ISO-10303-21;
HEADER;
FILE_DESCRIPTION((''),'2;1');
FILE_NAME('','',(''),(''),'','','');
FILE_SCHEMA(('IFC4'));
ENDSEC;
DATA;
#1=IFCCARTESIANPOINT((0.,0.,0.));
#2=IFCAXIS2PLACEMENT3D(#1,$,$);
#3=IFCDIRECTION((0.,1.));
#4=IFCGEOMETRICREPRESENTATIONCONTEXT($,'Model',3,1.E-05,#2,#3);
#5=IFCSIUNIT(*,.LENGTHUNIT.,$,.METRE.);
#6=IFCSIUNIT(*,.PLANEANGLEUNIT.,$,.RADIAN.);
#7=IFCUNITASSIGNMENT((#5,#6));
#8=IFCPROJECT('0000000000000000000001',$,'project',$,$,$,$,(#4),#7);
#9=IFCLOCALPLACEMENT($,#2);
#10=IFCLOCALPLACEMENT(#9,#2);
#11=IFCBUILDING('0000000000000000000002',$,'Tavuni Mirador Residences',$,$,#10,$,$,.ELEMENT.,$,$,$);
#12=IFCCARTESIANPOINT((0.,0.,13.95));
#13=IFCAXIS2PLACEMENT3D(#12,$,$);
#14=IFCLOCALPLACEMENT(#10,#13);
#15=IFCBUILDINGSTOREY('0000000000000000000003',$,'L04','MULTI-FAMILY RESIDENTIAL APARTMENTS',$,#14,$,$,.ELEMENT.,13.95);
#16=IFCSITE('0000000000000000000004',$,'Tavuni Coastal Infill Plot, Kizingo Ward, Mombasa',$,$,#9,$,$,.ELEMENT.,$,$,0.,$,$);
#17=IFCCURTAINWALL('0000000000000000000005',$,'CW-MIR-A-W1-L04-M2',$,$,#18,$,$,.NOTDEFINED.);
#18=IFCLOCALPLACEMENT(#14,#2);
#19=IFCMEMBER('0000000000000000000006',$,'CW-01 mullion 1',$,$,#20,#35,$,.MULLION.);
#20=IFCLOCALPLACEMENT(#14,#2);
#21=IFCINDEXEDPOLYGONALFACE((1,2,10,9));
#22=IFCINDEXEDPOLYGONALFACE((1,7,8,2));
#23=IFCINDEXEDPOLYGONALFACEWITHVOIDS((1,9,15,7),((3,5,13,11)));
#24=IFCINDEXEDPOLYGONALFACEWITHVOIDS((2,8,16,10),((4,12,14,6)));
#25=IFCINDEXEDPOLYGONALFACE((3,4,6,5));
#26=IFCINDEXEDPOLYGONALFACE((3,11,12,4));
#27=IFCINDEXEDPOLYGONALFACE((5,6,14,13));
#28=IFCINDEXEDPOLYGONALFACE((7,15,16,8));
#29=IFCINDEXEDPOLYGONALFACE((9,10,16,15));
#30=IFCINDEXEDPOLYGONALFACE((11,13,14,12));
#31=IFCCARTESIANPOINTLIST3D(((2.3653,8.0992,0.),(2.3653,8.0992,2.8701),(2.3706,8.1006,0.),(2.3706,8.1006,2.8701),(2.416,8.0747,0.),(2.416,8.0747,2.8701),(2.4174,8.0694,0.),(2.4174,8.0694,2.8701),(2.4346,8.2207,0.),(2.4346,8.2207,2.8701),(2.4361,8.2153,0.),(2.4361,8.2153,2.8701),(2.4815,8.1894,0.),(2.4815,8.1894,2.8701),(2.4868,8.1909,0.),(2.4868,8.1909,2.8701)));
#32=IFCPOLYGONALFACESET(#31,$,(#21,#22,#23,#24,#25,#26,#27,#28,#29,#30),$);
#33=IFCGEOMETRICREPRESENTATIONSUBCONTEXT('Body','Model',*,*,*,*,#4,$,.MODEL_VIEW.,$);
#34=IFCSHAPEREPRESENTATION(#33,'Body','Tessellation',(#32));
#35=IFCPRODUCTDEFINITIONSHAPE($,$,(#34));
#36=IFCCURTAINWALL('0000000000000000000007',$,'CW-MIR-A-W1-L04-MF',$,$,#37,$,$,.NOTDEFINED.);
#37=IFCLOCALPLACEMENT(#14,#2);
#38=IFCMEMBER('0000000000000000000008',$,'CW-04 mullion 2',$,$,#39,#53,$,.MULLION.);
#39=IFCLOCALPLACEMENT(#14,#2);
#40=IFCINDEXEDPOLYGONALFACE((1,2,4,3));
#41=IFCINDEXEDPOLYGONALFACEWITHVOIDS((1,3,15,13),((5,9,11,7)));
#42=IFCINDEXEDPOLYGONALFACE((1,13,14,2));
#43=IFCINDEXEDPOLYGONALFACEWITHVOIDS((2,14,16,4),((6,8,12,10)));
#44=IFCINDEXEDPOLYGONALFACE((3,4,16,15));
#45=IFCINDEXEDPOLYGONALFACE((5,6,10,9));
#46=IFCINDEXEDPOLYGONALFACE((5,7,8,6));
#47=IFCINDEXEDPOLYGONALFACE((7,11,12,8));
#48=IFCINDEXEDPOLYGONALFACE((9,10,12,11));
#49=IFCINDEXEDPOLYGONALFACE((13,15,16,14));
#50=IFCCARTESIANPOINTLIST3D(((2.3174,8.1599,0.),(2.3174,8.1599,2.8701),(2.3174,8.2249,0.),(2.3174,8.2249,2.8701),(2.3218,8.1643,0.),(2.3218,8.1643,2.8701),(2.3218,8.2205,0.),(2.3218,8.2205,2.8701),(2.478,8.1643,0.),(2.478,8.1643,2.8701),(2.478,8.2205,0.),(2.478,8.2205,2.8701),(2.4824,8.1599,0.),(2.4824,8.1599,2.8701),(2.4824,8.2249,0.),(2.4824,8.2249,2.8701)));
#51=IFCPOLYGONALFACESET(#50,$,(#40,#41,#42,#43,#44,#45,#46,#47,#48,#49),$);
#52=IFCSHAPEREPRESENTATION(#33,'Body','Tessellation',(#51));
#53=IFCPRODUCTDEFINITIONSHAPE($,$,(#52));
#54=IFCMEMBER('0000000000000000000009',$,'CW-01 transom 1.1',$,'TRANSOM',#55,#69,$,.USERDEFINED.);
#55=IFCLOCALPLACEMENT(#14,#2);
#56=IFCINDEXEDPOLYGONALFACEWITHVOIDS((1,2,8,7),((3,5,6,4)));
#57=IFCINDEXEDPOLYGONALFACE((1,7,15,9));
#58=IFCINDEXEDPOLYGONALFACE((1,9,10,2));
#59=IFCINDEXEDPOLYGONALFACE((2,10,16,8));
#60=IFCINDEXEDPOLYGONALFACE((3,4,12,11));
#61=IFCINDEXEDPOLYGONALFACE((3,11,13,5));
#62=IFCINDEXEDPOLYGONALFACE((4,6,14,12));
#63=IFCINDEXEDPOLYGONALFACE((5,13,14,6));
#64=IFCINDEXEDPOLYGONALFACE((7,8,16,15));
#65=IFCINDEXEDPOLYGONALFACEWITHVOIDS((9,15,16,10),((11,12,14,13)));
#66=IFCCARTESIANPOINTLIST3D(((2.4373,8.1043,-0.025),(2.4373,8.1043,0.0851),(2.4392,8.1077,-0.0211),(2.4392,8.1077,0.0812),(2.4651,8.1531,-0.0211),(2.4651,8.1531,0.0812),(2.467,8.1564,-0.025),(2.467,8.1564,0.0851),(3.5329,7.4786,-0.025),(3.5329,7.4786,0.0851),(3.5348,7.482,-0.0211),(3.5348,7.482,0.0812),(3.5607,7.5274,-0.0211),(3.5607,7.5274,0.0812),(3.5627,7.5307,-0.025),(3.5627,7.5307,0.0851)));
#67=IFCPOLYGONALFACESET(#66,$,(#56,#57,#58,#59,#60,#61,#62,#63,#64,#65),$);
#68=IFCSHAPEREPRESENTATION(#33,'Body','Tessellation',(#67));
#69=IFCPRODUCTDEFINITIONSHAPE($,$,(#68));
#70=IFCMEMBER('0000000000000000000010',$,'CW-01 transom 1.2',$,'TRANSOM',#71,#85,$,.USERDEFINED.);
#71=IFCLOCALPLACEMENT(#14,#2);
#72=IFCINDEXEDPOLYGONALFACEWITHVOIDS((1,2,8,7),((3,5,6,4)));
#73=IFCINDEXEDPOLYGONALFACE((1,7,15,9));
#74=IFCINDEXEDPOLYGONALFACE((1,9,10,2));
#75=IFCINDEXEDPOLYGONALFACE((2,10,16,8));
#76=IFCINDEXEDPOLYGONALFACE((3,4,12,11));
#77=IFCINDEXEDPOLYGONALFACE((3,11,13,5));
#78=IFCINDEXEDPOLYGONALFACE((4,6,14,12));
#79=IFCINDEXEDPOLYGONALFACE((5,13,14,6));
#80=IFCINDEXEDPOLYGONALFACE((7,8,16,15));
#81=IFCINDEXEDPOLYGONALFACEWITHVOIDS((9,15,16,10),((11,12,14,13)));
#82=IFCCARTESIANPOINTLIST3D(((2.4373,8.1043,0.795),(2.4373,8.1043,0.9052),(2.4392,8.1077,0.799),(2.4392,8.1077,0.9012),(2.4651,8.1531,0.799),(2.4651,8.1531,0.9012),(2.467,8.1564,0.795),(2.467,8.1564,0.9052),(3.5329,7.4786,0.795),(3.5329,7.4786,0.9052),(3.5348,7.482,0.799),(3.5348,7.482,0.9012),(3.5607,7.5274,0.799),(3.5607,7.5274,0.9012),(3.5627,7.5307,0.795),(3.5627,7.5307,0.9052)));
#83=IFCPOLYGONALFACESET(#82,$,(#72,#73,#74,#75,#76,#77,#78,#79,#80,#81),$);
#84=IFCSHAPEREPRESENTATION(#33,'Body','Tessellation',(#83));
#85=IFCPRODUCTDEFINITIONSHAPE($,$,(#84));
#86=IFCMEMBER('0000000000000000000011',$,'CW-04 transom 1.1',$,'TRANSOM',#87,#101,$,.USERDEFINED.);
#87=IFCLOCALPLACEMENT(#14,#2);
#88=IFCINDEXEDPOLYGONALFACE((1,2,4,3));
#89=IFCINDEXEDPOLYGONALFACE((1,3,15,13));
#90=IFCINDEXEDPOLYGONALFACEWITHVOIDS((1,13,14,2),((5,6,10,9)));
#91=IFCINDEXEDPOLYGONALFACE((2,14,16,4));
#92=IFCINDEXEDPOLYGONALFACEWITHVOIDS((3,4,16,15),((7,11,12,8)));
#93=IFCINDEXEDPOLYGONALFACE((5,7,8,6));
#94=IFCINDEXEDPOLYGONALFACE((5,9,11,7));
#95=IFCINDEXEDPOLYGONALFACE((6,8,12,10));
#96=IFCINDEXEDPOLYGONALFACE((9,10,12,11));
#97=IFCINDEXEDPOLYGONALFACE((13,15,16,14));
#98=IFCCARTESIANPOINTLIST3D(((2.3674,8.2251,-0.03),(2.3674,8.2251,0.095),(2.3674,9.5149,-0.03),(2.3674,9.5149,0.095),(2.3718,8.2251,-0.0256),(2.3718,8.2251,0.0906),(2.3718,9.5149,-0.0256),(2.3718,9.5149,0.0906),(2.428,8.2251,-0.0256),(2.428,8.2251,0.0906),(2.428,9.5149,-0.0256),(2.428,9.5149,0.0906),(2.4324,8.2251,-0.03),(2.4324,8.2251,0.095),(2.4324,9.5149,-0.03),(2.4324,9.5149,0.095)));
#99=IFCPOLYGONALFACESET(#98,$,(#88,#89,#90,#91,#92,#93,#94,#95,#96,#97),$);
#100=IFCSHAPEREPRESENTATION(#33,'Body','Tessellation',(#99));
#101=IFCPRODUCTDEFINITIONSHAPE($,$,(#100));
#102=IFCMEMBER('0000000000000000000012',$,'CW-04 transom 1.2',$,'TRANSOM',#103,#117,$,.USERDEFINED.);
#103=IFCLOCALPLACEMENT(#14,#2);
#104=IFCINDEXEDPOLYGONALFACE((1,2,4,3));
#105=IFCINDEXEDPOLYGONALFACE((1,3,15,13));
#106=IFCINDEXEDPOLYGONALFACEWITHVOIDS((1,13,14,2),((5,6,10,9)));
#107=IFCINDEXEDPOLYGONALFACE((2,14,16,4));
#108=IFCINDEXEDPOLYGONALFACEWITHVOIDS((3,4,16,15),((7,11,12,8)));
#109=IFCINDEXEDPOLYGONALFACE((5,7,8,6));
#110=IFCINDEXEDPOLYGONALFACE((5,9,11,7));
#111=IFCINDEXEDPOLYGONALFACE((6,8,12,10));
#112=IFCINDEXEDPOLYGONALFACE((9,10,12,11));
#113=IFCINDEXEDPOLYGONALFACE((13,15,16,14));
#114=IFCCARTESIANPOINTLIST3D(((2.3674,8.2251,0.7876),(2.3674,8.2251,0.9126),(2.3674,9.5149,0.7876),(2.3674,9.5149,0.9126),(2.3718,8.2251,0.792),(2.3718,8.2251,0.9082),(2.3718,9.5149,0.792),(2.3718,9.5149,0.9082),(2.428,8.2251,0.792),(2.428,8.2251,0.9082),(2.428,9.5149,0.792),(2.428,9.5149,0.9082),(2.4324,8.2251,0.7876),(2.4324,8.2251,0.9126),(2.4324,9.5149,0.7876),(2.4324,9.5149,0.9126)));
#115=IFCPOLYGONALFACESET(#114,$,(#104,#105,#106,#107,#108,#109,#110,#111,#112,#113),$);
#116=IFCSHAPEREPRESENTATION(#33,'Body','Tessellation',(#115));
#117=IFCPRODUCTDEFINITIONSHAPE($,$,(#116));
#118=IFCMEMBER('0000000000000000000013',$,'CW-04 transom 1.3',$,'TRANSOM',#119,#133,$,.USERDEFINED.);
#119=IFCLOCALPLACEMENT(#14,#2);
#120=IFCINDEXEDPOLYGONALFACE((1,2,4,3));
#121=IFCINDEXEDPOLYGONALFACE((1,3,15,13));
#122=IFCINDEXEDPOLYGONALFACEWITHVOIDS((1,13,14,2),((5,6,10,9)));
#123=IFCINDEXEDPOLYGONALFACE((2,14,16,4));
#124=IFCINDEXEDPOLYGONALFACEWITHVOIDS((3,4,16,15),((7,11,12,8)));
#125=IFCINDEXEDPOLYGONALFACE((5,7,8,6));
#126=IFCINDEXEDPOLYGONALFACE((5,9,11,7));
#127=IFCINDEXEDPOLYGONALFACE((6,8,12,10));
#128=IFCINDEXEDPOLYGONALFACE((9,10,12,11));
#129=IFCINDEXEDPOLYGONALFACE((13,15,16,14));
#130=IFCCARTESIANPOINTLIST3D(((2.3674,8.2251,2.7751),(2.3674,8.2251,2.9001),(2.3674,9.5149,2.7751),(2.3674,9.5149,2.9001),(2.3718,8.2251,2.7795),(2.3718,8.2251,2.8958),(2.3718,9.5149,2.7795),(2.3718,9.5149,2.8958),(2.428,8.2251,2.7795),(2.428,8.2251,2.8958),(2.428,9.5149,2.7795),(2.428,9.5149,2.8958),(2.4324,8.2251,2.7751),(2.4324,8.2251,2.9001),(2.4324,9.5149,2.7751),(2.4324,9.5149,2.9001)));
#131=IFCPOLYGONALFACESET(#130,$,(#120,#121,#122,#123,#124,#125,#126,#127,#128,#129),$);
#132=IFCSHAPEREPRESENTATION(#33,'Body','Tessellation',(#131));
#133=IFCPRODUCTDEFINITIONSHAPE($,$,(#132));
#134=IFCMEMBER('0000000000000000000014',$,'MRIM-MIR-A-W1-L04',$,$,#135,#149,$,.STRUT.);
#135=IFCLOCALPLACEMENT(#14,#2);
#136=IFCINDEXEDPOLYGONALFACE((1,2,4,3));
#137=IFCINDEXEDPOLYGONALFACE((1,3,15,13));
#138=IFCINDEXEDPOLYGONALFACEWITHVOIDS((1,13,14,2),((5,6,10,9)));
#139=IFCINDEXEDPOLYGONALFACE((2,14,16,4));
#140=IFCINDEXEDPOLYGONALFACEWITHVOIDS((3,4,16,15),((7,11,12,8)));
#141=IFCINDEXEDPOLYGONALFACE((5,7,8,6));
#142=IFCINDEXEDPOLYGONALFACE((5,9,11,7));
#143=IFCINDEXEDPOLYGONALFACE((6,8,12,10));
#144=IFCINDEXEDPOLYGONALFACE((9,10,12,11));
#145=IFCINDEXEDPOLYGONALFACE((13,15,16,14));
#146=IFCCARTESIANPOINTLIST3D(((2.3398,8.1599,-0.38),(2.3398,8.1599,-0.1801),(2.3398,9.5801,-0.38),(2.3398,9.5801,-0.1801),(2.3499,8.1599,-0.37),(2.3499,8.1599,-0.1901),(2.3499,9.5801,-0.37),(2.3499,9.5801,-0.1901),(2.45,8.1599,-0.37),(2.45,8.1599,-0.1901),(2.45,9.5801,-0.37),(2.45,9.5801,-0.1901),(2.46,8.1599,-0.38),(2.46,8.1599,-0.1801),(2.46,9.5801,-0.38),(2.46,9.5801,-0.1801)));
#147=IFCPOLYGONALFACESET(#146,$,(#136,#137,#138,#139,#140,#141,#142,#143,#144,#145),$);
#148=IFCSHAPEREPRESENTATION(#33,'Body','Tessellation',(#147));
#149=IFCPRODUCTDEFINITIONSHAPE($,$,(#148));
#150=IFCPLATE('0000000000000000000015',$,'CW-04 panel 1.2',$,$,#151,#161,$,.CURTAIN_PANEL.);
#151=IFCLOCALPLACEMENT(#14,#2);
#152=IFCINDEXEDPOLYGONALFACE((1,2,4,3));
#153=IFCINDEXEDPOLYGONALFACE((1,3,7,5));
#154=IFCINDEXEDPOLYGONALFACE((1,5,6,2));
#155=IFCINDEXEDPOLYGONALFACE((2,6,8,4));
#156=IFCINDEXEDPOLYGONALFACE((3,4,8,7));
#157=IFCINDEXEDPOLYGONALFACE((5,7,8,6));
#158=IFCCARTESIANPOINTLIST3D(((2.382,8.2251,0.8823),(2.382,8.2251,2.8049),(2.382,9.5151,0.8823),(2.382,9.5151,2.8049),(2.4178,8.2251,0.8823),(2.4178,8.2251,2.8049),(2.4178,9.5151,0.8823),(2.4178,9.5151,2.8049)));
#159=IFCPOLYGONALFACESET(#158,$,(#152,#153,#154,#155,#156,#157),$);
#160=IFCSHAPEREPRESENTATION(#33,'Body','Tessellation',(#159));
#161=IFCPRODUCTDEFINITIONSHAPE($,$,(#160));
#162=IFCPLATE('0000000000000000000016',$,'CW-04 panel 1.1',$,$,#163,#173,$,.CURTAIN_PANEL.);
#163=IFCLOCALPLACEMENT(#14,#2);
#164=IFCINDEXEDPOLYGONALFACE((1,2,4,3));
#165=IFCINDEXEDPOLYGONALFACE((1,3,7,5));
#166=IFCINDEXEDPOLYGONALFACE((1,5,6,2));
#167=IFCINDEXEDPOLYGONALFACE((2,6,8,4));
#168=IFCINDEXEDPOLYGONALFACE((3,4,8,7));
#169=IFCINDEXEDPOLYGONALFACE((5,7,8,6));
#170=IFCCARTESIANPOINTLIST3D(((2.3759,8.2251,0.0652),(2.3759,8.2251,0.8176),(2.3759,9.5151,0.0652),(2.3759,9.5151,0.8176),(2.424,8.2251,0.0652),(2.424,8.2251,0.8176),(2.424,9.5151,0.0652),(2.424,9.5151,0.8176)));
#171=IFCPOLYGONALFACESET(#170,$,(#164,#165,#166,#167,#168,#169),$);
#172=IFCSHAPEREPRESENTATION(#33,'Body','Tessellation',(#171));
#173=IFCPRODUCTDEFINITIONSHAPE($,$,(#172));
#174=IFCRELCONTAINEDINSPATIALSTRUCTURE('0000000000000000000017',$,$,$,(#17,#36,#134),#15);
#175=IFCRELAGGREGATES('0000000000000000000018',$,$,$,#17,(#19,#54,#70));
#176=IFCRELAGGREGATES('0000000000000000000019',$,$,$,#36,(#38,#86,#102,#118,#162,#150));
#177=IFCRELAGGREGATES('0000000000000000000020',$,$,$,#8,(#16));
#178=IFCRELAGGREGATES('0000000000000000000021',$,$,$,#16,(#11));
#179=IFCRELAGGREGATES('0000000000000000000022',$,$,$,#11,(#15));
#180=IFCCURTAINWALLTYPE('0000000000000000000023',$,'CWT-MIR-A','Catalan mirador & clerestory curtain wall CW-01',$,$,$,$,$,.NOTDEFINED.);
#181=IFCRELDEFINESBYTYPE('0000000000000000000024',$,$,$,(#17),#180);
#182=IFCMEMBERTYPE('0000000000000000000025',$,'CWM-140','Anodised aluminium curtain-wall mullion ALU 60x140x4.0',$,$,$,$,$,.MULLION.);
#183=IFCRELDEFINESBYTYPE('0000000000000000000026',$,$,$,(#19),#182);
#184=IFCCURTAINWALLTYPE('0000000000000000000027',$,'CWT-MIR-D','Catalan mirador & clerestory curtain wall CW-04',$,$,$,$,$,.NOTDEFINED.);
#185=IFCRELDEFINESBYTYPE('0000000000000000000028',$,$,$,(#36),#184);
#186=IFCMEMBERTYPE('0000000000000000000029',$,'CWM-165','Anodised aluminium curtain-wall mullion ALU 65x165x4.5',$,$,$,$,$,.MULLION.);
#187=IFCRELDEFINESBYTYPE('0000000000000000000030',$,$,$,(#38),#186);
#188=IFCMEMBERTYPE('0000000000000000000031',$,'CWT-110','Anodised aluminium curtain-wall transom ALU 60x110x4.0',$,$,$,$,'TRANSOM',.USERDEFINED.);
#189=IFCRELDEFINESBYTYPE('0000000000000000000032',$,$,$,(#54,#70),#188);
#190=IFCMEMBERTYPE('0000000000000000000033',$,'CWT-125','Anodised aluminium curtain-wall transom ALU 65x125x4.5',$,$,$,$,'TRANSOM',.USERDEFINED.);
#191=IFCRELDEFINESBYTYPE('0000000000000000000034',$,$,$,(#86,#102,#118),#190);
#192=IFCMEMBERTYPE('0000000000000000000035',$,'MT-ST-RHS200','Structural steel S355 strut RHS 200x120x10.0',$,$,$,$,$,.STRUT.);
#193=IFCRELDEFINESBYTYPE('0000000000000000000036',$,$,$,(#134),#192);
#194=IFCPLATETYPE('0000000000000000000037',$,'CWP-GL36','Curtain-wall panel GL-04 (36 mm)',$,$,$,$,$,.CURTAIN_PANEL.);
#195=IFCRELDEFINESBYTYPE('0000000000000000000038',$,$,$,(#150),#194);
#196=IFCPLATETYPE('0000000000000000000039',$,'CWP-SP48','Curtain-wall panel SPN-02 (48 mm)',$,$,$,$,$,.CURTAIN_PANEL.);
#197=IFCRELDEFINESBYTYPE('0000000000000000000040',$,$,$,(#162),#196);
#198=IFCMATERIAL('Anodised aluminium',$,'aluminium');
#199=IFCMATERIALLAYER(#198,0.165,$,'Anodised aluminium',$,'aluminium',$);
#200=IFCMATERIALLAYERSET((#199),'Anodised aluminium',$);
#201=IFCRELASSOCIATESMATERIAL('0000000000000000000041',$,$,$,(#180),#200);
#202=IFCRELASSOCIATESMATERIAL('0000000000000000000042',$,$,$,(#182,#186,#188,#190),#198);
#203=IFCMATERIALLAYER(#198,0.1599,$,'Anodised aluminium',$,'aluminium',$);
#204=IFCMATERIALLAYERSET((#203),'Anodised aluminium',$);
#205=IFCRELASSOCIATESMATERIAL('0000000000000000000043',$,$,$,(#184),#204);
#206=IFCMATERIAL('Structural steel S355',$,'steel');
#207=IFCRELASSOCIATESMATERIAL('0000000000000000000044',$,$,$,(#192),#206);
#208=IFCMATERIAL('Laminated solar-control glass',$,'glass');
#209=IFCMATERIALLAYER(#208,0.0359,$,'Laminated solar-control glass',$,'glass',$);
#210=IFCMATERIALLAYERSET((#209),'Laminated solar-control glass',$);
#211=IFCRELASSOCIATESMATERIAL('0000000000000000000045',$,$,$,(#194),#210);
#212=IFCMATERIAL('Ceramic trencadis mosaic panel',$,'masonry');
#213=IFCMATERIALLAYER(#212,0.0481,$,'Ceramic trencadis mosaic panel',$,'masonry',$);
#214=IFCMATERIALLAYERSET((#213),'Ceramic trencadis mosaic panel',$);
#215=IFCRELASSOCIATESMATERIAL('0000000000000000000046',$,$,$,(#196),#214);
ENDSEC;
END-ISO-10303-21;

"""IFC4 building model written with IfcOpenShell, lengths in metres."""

from ifc_helpers import new_model, si_unit, direction, frame, origin, origin_2d, place, context, subcontext, project, spatial, rectangle, hollow_rectangle, extrude, material, layer, layer_set, material_profile, profile_set, type_object, element, aggregate, save


model = new_model("IFC4")

# Units and contexts
model_context = context("Model", 3, precision=1e-05, world=origin(), true_north=direction((0.0, 1.0)))
body_context = subcontext(model_context, "Body", "Model", "MODEL_VIEW")
ifc_project = project(units=[si_unit("LENGTHUNIT", "METRE"), si_unit("PLANEANGLEUNIT", "RADIAN")], contexts=[model_context])

# Site, building, storey
site_placement = place(None, origin())
site = spatial("IfcSite", under=ifc_project, at=site_placement, Name="Tavuni Coastal Infill Plot, Kizingo Ward, Mombasa", CompositionType="ELEMENT", RefElevation=0.0)
building_placement = place(site_placement, origin())
building = spatial("IfcBuilding", under=site, at=building_placement, Name="Tavuni Mirador Residences", CompositionType="ELEMENT")
storey_placement = place(building_placement, frame((0.0, 0.0, 13.95)))
storey = spatial("IfcBuildingStorey", under=building, at=storey_placement, Name="L04", Description="MULTI-FAMILY RESIDENTIAL APARTMENTS", CompositionType="ELEMENT", Elevation=13.95)

# Curtain walls, members
ifc_material_1 = material(Name="Anodised aluminium", Category="aluminium")
ifc_layer_1 = layer(ifc_material_1, 0.165, Name="Anodised aluminium", Category="aluminium")
ifc_layer_set_1 = layer_set([ifc_layer_1], Name="Anodised aluminium")
curtain_wall_type_1 = type_object("IfcCurtainWallType", Name="CWT-MIR-A", Description="Catalan mirador & clerestory curtain wall CW-01", PredefinedType="NOTDEFINED", material=ifc_layer_set_1)
curtain_wall_1_placement = place(storey_placement, origin())
curtain_wall_1 = element("IfcCurtainWall", 1, at=curtain_wall_1_placement, inside=storey, type_object=curtain_wall_type_1, Name="CW-MIR-A-W1-L04-M2", PredefinedType="NOTDEFINED")
ifc_material_profile_1 = material_profile(ifc_material_1, hollow_rectangle(XDim=0.0601, YDim=0.1399, WallThickness=0.0039, at=origin_2d()), Name="ALU 60x140x4.0", Category="aluminium")
ifc_profile_set_1 = profile_set([ifc_material_profile_1], Name="Anodised aluminium")
member_type_1 = type_object("IfcMemberType", Name="CWM-140", Description="Anodised aluminium curtain-wall mullion ALU 60x140x4.0", PredefinedType="MULLION", material=ifc_profile_set_1)
member_1_placement = place(storey_placement, frame((2.426, 8.145, 0.0), z_axis=(0.0, 0.0, 1.0), x_axis=(0.868466, -0.495749, 0.0)))
member_1 = element("IfcMember", 2, at=member_1_placement, type_object=member_type_1, Name="CW-01 mullion 1", PredefinedType="MULLION", context=body_context, shape_type="SweptSolid", body=[
    extrude(hollow_rectangle(XDim=0.0601, YDim=0.1399, WallThickness=0.0039, at=origin_2d()), origin(), (0.0, 0.0, 1.0), 2.8701),
])
ifc_layer_2 = layer(ifc_material_1, 0.1599, Name="Anodised aluminium", Category="aluminium")
ifc_layer_set_2 = layer_set([ifc_layer_2], Name="Anodised aluminium")
curtain_wall_type_2 = type_object("IfcCurtainWallType", Name="CWT-MIR-D", Description="Catalan mirador & clerestory curtain wall CW-04", PredefinedType="NOTDEFINED", material=ifc_layer_set_2)
curtain_wall_2_placement = place(storey_placement, origin())
curtain_wall_2 = element("IfcCurtainWall", 3, at=curtain_wall_2_placement, inside=storey, type_object=curtain_wall_type_2, Name="CW-MIR-A-W1-L04-MF", PredefinedType="NOTDEFINED")
ifc_material_profile_2 = material_profile(ifc_material_1, hollow_rectangle(XDim=0.0649, YDim=0.165, WallThickness=0.0044, at=origin_2d()), Name="ALU 65x165x4.5", Category="aluminium")
ifc_profile_set_2 = profile_set([ifc_material_profile_2], Name="Anodised aluminium")
member_type_2 = type_object("IfcMemberType", Name="CWM-165", Description="Anodised aluminium curtain-wall mullion ALU 65x165x4.5", PredefinedType="MULLION", material=ifc_profile_set_2)
member_2_placement = place(storey_placement, frame((2.3999, 8.1924, 0.0), z_axis=(0.0, 0.0, 1.0), x_axis=(0.0, -1.0, 0.0)))
member_2 = element("IfcMember", 4, at=member_2_placement, type_object=member_type_2, Name="CW-04 mullion 2", PredefinedType="MULLION", context=body_context, shape_type="SweptSolid", body=[
    extrude(hollow_rectangle(XDim=0.0649, YDim=0.165, WallThickness=0.0044, at=origin_2d()), origin(), (0.0, 0.0, 1.0), 2.8701),
])

# Members
ifc_material_profile_3 = material_profile(ifc_material_1, hollow_rectangle(XDim=0.0601, YDim=0.1101, WallThickness=0.0039, at=origin_2d()), Name="ALU 60x110x4.0", Category="aluminium")
ifc_profile_set_3 = profile_set([ifc_material_profile_3], Name="Anodised aluminium")
member_type_3 = type_object("IfcMemberType", Name="CWT-110", Description="Anodised aluminium curtain-wall transom ALU 60x110x4.0", ElementType="TRANSOM", PredefinedType="USERDEFINED", material=ifc_profile_set_3)
member_3_placement = place(storey_placement, frame((2.4521, 8.1304, 0.03), z_axis=(0.868374, -0.49591, 0.0), x_axis=(0.49591, 0.868374, 0.0)))
member_3 = element("IfcMember", 5, at=member_3_placement, type_object=member_type_3, Name="CW-01 transom 1.1", ObjectType="TRANSOM", PredefinedType="USERDEFINED", context=body_context, shape_type="SweptSolid", body=[
    extrude(hollow_rectangle(XDim=0.0601, YDim=0.1101, WallThickness=0.0039, at=origin_2d()), origin(), (0.0, 0.0, 1.0), 1.2617),
])
member_4_placement = place(storey_placement, frame((2.4521, 8.1304, 0.8501), z_axis=(0.868374, -0.49591, 0.0), x_axis=(0.49591, 0.868374, 0.0)))
member_4 = element("IfcMember", 6, at=member_4_placement, type_object=member_type_3, Name="CW-01 transom 1.2", ObjectType="TRANSOM", PredefinedType="USERDEFINED", context=body_context, shape_type="SweptSolid", body=[
    extrude(hollow_rectangle(XDim=0.0601, YDim=0.1101, WallThickness=0.0039, at=origin_2d()), origin(), (0.0, 0.0, 1.0), 1.2617),
])
aggregate(curtain_wall_1, [member_1, member_3, member_4])
ifc_material_profile_4 = material_profile(ifc_material_1, hollow_rectangle(XDim=0.0649, YDim=0.125, WallThickness=0.0044, at=origin_2d()), Name="ALU 65x125x4.5", Category="aluminium")
ifc_profile_set_4 = profile_set([ifc_material_profile_4], Name="Anodised aluminium")
member_type_4 = type_object("IfcMemberType", Name="CWT-125", Description="Anodised aluminium curtain-wall transom ALU 65x125x4.5", ElementType="TRANSOM", PredefinedType="USERDEFINED", material=ifc_profile_set_4)
member_5_placement = place(storey_placement, frame((2.3999, 9.5149, 0.0325), z_axis=(0.0, -1.0, 0.0), x_axis=(1.0, 0.0, 0.0)))
member_5 = element("IfcMember", 7, at=member_5_placement, type_object=member_type_4, Name="CW-04 transom 1.1", ObjectType="TRANSOM", PredefinedType="USERDEFINED", context=body_context, shape_type="SweptSolid", body=[
    extrude(hollow_rectangle(XDim=0.0649, YDim=0.125, WallThickness=0.0044, at=origin_2d()), origin(), (0.0, 0.0, 1.0), 1.2898),
])
member_6_placement = place(storey_placement, frame((2.3999, 9.5149, 0.8501), z_axis=(0.0, -1.0, 0.0), x_axis=(1.0, 0.0, 0.0)))
member_6 = element("IfcMember", 8, at=member_6_placement, type_object=member_type_4, Name="CW-04 transom 1.2", ObjectType="TRANSOM", PredefinedType="USERDEFINED", context=body_context, shape_type="SweptSolid", body=[
    extrude(hollow_rectangle(XDim=0.0649, YDim=0.125, WallThickness=0.0044, at=origin_2d()), origin(), (0.0, 0.0, 1.0), 1.2898),
])
member_7_placement = place(storey_placement, frame((2.3999, 9.5149, 2.8376), z_axis=(0.0, -1.0, 0.0), x_axis=(1.0, 0.0, 0.0)))
member_7 = element("IfcMember", 9, at=member_7_placement, type_object=member_type_4, Name="CW-04 transom 1.3", ObjectType="TRANSOM", PredefinedType="USERDEFINED", context=body_context, shape_type="SweptSolid", body=[
    extrude(hollow_rectangle(XDim=0.0649, YDim=0.125, WallThickness=0.0044, at=origin_2d()), origin(), (0.0, 0.0, 1.0), 1.2898),
])
ifc_material_2 = material(Name="Structural steel S355", Category="steel")
ifc_material_profile_5 = material_profile(ifc_material_2, hollow_rectangle(XDim=0.1201, YDim=0.2, WallThickness=0.01, at=origin_2d()), Name="RHS 200x120x10.0", Category="steel")
ifc_profile_set_5 = profile_set([ifc_material_profile_5], Name="Structural steel S355")
member_type_5 = type_object("IfcMemberType", Name="MT-ST-RHS200", Description="Structural steel S355 strut RHS 200x120x10.0", PredefinedType="STRUT", material=ifc_profile_set_5)
member_8_placement = place(storey_placement, frame((2.3999, 8.1599, -0.28), z_axis=(0.0, 1.0, 0.0), x_axis=(-1.0, 0.0, 0.0)))
element("IfcMember", 10, at=member_8_placement, inside=storey, type_object=member_type_5, Name="MRIM-MIR-A-W1-L04", PredefinedType="STRUT", context=body_context, shape_type="SweptSolid", body=[
    extrude(hollow_rectangle(XDim=0.1201, YDim=0.2, WallThickness=0.01, at=origin_2d()), origin(), (0.0, 0.0, 1.0), 1.4202),
])

# Plates
ifc_material_3 = material(Name="Laminated solar-control glass", Category="glass")
ifc_layer_3 = layer(ifc_material_3, 0.0359, Name="Laminated solar-control glass", Category="glass")
ifc_layer_set_3 = layer_set([ifc_layer_3], Name="Laminated solar-control glass")
plate_type_1 = type_object("IfcPlateType", Name="CWP-GL36", Description="Curtain-wall panel GL-04 (36 mm)", PredefinedType="CURTAIN_PANEL", material=ifc_layer_set_3)
plate_1_placement = place(storey_placement, frame((2.3999, 8.8701, 0.8823), z_axis=(0.0, 0.0, 1.0), x_axis=(0.0, -1.0, 0.0)))
plate_1 = element("IfcPlate", 11, at=plate_1_placement, type_object=plate_type_1, Name="CW-04 panel 1.2", PredefinedType="CURTAIN_PANEL", context=body_context, shape_type="SweptSolid", body=[
    extrude(rectangle(XDim=1.29, YDim=0.0359, at=origin_2d()), origin(), (0.0, 0.0, 1.0), 1.9226),
])
ifc_material_4 = material(Name="Ceramic trencadis mosaic panel", Category="masonry")
ifc_layer_4 = layer(ifc_material_4, 0.0481, Name="Ceramic trencadis mosaic panel", Category="masonry")
ifc_layer_set_4 = layer_set([ifc_layer_4], Name="Ceramic trencadis mosaic panel")
plate_type_2 = type_object("IfcPlateType", Name="CWP-SP48", Description="Curtain-wall panel SPN-02 (48 mm)", PredefinedType="CURTAIN_PANEL", material=ifc_layer_set_4)
plate_2_placement = place(storey_placement, frame((2.3999, 8.8701, 0.0652), z_axis=(0.0, 0.0, 1.0), x_axis=(0.0, -1.0, 0.0)))
plate_2 = element("IfcPlate", 12, at=plate_2_placement, type_object=plate_type_2, Name="CW-04 panel 1.1", PredefinedType="CURTAIN_PANEL", context=body_context, shape_type="SweptSolid", body=[
    extrude(rectangle(XDim=1.29, YDim=0.0481, at=origin_2d()), origin(), (0.0, 0.0, 1.0), 0.7524),
])
aggregate(curtain_wall_2, [member_2, member_5, member_6, member_7, plate_2, plate_1])

save(model, "model.ifc")
